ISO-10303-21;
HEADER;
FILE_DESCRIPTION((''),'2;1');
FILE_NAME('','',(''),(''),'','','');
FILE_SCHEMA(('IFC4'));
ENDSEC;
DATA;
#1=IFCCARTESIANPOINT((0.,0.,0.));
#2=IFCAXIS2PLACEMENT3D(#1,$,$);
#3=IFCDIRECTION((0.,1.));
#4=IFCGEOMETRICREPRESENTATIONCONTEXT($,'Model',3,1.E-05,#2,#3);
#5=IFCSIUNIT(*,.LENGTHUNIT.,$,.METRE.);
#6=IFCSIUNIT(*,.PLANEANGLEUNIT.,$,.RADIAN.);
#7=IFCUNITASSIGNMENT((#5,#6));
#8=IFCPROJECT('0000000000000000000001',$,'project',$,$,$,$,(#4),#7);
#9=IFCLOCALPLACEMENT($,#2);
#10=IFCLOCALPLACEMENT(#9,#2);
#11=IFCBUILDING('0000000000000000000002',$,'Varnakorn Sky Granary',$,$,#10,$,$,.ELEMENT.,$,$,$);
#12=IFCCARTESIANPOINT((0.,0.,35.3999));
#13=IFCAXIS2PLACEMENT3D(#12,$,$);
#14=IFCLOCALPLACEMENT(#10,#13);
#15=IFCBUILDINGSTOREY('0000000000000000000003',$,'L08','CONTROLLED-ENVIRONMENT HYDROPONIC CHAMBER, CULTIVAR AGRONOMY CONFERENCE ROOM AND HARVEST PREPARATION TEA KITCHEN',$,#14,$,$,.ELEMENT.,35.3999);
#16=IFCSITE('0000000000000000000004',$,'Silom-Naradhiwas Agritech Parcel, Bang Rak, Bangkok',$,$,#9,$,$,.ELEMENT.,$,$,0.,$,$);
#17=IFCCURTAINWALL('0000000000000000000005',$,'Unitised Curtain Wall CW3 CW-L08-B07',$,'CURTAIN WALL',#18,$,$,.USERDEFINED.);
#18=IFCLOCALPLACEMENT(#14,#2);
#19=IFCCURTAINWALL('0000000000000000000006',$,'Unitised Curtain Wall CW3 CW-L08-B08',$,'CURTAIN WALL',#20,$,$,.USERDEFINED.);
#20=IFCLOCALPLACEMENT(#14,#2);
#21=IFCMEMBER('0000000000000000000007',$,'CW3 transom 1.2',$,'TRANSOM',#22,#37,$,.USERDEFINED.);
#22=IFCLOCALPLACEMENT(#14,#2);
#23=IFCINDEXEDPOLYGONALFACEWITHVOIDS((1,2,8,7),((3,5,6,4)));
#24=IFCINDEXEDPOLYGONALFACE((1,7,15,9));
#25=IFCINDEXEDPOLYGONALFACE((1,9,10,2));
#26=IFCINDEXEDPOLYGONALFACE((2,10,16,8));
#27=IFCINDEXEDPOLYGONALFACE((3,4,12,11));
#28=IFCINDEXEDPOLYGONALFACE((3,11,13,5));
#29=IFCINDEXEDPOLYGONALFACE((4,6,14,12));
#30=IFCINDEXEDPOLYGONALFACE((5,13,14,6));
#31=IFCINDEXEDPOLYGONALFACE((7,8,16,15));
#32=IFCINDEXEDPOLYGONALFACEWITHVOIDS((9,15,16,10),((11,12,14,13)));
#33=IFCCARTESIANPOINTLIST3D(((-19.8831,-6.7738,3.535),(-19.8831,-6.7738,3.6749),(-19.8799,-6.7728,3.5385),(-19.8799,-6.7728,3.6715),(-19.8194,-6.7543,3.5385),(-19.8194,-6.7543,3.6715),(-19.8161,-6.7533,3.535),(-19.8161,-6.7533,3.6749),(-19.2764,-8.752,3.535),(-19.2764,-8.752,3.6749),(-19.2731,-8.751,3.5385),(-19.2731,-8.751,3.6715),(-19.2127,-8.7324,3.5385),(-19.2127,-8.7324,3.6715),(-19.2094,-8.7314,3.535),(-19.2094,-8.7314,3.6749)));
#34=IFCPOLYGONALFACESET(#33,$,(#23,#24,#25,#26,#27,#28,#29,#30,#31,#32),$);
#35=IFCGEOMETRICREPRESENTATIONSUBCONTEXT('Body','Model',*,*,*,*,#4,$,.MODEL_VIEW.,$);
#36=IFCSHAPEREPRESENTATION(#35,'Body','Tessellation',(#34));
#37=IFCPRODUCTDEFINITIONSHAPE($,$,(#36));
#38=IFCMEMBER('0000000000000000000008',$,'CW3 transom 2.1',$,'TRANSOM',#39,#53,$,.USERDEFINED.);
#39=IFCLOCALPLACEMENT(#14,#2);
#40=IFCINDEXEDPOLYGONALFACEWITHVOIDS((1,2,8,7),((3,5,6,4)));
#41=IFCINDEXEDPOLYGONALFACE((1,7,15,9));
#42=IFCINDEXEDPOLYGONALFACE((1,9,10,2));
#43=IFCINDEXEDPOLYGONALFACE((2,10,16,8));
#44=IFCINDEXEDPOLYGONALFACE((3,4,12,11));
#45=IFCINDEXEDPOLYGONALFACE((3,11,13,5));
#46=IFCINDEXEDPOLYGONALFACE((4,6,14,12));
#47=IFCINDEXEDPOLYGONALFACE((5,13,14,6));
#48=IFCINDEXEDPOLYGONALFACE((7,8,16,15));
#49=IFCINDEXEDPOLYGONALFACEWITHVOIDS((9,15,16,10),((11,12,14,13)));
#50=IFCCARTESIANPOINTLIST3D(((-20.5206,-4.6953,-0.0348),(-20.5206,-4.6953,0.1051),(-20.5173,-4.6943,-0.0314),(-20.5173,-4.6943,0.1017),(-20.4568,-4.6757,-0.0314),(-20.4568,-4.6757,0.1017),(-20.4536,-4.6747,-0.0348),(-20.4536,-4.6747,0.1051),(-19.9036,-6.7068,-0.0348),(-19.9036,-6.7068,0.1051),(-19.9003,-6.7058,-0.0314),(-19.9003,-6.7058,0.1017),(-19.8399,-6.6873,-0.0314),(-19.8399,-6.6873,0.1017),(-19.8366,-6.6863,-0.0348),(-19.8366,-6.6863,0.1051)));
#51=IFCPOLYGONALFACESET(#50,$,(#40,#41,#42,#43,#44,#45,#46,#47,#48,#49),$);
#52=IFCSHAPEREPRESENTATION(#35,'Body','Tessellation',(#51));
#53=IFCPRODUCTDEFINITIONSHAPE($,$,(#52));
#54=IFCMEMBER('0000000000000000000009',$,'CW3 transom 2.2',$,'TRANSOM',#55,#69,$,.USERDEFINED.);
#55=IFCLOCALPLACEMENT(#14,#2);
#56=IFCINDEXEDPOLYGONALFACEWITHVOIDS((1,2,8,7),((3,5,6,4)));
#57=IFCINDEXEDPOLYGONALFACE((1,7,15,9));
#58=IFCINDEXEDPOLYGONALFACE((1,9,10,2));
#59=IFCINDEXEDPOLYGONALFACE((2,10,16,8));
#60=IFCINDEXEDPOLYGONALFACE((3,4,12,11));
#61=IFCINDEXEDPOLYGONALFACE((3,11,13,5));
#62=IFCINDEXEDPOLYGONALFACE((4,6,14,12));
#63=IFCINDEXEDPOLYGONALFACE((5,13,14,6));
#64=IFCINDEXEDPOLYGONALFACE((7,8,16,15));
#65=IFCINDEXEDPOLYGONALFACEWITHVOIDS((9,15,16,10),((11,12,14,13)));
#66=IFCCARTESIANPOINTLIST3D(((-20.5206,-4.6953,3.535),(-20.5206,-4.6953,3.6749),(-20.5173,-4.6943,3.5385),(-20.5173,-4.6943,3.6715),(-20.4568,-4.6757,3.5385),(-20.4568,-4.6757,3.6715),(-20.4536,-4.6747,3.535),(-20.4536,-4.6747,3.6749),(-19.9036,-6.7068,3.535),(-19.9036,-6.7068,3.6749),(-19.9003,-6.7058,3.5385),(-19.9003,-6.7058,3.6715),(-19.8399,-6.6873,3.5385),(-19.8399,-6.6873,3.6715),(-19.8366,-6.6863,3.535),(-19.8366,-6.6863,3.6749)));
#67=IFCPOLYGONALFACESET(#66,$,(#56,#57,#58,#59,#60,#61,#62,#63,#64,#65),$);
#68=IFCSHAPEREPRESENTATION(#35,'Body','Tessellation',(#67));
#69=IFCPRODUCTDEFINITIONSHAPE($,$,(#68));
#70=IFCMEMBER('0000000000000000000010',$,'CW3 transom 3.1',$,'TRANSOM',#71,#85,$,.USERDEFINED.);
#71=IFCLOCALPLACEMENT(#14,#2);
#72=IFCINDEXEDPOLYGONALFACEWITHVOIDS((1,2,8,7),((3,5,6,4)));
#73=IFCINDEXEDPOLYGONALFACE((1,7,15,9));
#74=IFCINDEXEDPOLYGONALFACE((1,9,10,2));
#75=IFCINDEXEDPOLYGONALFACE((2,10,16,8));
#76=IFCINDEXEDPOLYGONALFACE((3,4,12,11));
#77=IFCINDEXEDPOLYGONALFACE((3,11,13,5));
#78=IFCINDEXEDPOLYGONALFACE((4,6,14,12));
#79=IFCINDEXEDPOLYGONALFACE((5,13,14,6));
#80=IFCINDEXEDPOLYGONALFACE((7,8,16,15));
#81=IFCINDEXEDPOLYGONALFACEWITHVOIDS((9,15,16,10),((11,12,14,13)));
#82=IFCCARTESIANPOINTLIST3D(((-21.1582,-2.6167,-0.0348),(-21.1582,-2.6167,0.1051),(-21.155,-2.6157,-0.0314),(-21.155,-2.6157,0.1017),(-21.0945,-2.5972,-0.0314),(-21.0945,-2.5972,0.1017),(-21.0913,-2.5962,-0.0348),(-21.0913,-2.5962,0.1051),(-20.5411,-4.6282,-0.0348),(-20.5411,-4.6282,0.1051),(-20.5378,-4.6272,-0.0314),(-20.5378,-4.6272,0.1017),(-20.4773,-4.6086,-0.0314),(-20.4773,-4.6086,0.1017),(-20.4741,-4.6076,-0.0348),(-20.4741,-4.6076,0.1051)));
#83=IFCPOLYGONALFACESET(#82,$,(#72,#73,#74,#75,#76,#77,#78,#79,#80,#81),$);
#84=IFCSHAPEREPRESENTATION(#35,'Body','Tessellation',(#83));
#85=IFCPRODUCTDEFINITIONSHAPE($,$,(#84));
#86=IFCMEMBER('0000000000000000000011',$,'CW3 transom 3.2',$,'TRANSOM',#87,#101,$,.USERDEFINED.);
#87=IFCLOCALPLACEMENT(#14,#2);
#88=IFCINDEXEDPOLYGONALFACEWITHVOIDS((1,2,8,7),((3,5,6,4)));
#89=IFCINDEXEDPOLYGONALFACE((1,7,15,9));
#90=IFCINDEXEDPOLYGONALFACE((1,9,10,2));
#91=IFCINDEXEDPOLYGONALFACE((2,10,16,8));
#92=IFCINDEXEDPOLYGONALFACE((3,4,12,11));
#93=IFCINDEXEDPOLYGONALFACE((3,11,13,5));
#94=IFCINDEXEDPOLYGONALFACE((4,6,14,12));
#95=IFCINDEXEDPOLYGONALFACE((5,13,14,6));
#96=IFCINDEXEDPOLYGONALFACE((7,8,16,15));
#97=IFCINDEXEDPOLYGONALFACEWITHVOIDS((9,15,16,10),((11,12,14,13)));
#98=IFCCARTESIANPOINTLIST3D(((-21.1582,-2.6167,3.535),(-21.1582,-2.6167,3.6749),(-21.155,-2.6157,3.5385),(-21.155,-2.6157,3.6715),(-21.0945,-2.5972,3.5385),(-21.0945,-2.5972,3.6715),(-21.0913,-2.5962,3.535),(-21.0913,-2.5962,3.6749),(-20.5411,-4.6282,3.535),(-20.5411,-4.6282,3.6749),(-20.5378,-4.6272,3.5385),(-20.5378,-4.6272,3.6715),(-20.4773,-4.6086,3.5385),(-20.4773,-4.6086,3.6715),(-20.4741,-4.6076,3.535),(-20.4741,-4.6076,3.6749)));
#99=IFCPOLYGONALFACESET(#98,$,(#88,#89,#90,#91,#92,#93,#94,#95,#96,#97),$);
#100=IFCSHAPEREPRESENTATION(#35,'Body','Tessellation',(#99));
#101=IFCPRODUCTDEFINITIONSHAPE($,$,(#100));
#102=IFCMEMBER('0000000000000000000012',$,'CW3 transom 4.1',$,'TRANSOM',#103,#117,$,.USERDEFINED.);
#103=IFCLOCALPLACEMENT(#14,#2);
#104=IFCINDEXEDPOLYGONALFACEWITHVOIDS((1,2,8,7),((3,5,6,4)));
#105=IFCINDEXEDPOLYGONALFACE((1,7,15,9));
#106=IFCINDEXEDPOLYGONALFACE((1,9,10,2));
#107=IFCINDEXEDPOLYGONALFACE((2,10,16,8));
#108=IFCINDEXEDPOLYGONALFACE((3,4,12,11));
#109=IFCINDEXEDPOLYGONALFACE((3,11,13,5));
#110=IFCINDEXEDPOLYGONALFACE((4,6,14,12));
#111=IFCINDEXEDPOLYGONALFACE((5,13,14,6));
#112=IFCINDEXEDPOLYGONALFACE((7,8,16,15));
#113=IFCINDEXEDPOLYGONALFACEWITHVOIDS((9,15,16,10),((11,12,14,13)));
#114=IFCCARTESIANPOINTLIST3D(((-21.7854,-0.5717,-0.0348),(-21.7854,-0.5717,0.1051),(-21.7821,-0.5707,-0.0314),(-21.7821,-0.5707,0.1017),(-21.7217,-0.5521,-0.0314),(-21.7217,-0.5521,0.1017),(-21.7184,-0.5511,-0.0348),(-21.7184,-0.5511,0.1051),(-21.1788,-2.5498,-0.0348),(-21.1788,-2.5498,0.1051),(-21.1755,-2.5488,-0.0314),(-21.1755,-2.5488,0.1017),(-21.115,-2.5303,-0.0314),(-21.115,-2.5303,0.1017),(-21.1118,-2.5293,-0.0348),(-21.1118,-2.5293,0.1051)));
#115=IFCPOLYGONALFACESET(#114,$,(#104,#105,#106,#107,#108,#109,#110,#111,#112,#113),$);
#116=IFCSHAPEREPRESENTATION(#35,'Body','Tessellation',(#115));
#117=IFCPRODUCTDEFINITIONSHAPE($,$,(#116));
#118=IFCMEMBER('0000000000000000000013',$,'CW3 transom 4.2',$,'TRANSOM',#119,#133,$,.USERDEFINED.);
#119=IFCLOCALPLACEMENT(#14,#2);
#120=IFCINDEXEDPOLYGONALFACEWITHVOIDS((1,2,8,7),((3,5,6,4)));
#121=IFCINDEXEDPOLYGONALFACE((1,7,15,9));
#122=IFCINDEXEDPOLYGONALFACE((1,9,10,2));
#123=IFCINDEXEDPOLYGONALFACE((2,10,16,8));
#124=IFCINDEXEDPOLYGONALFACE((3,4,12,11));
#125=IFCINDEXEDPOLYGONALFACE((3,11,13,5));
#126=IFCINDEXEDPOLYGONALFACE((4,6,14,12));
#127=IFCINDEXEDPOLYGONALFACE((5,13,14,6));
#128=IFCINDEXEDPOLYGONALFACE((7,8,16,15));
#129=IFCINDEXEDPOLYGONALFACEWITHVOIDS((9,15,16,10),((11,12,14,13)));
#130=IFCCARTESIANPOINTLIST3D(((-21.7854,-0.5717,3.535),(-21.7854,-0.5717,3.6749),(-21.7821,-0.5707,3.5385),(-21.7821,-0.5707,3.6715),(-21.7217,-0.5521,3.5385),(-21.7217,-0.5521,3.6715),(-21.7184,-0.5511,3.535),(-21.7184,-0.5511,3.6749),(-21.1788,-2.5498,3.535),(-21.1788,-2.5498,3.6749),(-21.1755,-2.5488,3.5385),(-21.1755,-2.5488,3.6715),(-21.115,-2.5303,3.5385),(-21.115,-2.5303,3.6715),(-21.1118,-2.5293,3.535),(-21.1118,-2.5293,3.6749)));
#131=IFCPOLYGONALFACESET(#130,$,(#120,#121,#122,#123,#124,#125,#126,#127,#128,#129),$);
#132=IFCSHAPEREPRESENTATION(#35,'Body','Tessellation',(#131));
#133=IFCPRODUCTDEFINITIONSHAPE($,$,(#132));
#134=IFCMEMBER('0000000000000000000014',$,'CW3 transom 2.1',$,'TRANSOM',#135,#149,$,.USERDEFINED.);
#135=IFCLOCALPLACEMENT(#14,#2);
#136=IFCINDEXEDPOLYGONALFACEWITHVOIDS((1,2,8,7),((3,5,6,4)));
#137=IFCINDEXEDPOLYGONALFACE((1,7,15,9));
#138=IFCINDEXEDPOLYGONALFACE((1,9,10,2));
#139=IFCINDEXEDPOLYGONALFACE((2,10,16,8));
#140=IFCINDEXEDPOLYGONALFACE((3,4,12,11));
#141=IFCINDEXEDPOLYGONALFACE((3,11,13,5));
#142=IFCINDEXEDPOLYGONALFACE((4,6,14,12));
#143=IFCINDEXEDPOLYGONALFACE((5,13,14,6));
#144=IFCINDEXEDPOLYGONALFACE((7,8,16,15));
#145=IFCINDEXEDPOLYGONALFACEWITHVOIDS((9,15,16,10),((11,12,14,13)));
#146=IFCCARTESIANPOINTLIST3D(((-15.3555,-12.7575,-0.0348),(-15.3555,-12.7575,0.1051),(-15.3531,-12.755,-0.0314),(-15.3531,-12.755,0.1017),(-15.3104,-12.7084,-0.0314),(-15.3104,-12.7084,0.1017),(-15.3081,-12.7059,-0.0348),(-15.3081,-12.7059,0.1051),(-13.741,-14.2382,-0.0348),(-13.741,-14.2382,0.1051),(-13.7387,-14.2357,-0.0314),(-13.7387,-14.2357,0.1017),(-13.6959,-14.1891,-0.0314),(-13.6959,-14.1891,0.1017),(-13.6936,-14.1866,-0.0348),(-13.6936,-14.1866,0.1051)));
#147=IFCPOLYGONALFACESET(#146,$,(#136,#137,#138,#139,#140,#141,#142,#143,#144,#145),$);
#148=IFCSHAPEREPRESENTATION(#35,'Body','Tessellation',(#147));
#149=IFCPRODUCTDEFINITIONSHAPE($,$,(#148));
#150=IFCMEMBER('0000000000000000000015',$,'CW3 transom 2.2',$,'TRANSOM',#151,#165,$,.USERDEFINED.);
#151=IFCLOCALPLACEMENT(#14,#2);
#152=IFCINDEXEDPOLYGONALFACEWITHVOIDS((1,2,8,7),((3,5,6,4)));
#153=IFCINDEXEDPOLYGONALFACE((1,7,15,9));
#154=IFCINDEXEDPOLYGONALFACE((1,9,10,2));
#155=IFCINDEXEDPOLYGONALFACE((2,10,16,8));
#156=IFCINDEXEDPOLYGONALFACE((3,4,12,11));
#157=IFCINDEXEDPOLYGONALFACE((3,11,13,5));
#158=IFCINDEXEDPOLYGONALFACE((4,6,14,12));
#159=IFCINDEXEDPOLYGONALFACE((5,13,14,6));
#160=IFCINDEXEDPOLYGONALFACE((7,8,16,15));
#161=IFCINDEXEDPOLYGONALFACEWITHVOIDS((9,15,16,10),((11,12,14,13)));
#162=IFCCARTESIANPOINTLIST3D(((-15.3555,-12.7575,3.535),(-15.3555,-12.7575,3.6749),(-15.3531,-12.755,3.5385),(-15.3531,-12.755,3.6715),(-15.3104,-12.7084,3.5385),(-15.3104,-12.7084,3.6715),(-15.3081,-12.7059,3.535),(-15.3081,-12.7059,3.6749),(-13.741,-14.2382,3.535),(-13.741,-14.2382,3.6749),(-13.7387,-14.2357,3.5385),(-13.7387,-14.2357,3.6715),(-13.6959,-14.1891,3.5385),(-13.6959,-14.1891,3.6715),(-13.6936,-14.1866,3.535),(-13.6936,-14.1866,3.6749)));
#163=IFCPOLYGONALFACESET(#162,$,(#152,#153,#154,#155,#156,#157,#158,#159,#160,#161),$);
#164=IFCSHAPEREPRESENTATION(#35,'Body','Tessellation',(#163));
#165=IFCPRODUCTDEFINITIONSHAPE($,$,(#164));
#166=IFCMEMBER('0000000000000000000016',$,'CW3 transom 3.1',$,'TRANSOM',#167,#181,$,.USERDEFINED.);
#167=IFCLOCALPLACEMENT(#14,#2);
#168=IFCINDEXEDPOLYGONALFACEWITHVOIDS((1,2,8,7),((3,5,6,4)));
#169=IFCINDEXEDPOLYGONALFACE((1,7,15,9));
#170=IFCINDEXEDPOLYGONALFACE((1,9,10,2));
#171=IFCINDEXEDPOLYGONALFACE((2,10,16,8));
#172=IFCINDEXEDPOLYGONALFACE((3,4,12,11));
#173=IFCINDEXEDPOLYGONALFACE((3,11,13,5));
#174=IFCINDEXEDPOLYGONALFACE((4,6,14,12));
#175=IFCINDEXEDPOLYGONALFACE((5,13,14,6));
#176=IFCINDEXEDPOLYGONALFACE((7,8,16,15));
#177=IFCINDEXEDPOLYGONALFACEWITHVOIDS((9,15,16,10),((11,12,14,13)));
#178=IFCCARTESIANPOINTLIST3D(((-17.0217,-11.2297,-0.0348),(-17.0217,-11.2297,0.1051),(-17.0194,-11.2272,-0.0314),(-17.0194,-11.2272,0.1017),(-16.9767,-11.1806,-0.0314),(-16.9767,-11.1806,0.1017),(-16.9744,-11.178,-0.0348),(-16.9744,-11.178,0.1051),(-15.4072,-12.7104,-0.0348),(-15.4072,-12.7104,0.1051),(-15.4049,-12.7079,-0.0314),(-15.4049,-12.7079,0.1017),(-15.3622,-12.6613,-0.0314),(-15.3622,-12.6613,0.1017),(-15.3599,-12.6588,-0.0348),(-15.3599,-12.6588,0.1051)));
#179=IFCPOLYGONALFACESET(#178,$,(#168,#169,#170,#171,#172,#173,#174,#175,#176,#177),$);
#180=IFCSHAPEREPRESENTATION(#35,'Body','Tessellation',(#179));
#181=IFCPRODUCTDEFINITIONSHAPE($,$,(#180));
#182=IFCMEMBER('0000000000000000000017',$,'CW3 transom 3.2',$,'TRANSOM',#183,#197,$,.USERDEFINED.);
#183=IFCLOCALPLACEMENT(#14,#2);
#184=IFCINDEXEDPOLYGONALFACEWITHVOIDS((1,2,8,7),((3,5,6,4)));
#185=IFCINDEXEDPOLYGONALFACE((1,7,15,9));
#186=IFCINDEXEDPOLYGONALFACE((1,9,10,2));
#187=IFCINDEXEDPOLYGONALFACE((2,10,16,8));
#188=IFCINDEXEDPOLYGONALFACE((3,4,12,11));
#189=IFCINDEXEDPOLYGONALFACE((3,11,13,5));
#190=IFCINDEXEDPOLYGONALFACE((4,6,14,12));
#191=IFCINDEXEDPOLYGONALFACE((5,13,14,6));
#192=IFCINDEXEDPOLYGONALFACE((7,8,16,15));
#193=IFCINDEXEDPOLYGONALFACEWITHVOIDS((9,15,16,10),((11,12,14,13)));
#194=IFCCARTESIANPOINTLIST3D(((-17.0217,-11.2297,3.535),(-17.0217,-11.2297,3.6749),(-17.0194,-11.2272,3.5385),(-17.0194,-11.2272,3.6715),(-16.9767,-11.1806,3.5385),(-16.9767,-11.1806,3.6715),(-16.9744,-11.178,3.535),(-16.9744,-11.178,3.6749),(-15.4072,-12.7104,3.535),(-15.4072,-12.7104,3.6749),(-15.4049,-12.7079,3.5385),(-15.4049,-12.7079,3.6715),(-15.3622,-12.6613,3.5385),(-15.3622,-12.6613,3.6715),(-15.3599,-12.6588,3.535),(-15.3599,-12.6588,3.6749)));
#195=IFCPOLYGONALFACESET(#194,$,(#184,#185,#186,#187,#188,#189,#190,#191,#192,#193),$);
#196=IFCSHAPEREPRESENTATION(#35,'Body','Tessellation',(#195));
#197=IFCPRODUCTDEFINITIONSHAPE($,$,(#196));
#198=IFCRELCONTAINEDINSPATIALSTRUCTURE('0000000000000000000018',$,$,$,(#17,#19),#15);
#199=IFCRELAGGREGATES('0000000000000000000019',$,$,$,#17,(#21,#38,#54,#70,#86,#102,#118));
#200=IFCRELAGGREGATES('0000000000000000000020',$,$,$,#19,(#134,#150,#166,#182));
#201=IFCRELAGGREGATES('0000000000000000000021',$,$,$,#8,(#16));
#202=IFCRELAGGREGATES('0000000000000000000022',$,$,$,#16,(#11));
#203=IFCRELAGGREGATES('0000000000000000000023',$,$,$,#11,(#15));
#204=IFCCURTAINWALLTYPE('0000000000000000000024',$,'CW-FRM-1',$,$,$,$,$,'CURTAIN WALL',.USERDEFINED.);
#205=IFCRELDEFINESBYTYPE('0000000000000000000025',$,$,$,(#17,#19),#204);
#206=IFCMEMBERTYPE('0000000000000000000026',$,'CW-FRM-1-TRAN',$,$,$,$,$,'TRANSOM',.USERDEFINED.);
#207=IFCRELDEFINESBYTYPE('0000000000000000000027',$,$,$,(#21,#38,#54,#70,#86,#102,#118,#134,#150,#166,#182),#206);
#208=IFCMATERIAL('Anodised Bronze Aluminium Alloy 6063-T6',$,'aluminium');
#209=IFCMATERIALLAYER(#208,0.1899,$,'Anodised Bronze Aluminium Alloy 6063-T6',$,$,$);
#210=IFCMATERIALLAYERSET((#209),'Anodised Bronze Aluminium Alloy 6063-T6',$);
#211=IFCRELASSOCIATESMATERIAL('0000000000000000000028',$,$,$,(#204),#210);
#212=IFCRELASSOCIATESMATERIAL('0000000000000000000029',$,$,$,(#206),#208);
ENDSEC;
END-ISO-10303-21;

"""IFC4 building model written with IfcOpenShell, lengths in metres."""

from ifc_helpers import new_model, si_unit, direction, frame, origin, origin_2d, place, context, subcontext, project, spatial, hollow_rectangle, extrude, material, layer, layer_set, material_profile, profile_set, type_object, element, aggregate, save


model = new_model("IFC4")

# Units and contexts
model_context = context("Model", 3, precision=1e-05, world=origin(), true_north=direction((0.0, 1.0)))
body_context = subcontext(model_context, "Body", "Model", "MODEL_VIEW")
ifc_project = project(units=[si_unit("LENGTHUNIT", "METRE"), si_unit("PLANEANGLEUNIT", "RADIAN")], contexts=[model_context])

# Site, building, storey
site_placement = place(None, origin())
site = spatial("IfcSite", under=ifc_project, at=site_placement, Name="Silom-Naradhiwas Agritech Parcel, Bang Rak, Bangkok", CompositionType="ELEMENT", RefElevation=0.0)
building_placement = place(site_placement, origin())
building = spatial("IfcBuilding", under=site, at=building_placement, Name="Varnakorn Sky Granary", CompositionType="ELEMENT")
storey_placement = place(building_placement, frame((0.0, 0.0, 35.3999)))
storey = spatial("IfcBuildingStorey", under=building, at=storey_placement, Name="L08", Description="CONTROLLED-ENVIRONMENT HYDROPONIC CHAMBER, CULTIVAR AGRONOMY CONFERENCE ROOM AND HARVEST PREPARATION TEA KITCHEN", CompositionType="ELEMENT", Elevation=35.3999)

# Curtain walls
ifc_material_1 = material(Name="Anodised Bronze Aluminium Alloy 6063-T6", Category="aluminium")
ifc_layer_1 = layer(ifc_material_1, 0.1899, Name="Anodised Bronze Aluminium Alloy 6063-T6")
ifc_layer_set_1 = layer_set([ifc_layer_1], Name="Anodised Bronze Aluminium Alloy 6063-T6")
curtain_wall_type = type_object("IfcCurtainWallType", Name="CW-FRM-1", ElementType="CURTAIN WALL", PredefinedType="USERDEFINED", material=ifc_layer_set_1)
curtain_wall_1_placement = place(storey_placement, origin())
curtain_wall_1 = element("IfcCurtainWall", 1, at=curtain_wall_1_placement, inside=storey, type_object=curtain_wall_type, Name="Unitised Curtain Wall CW3 CW-L08-B07", ObjectType="CURTAIN WALL", PredefinedType="USERDEFINED")
curtain_wall_2_placement = place(storey_placement, origin())
curtain_wall_2 = element("IfcCurtainWall", 2, at=curtain_wall_2_placement, inside=storey, type_object=curtain_wall_type, Name="Unitised Curtain Wall CW3 CW-L08-B08", ObjectType="CURTAIN WALL", PredefinedType="USERDEFINED")

# Members
ifc_material_profile_1 = material_profile(ifc_material_1, hollow_rectangle(XDim=0.0701, YDim=0.1399, WallThickness=0.0034, at=origin_2d()), Name="ALU TRAN 70x140")
ifc_profile_set_1 = profile_set([ifc_material_profile_1], Name="Anodised Bronze Aluminium Alloy 6063-T6")
member_type_1 = type_object("IfcMemberType", Name="CW-FRM-1-TRAN", ElementType="TRANSOM", PredefinedType="USERDEFINED", material=ifc_profile_set_1)
member_1_placement = place(storey_placement, frame((-19.2429, -8.7417, 3.605), z_axis=(-0.293232, 0.956041, 0.0), x_axis=(-0.956041, -0.293232, 0.0)))
member_1 = element("IfcMember", 3, at=member_1_placement, type_object=member_type_1, Name="CW3 transom 1.2", ObjectType="TRANSOM", PredefinedType="USERDEFINED", context=body_context, shape_type="SweptSolid", body=[
    extrude(hollow_rectangle(XDim=0.0701, YDim=0.1399, WallThickness=0.0034, at=origin_2d()), origin(), (0.0, 0.0, 1.0), 2.0691),
])
member_2_placement = place(storey_placement, frame((-19.8701, -6.6965, 0.0352), z_axis=(-0.29323, 0.956042, 0.0), x_axis=(-0.956042, -0.29323, 0.0)))
member_2 = element("IfcMember", 4, at=member_2_placement, type_object=member_type_1, Name="CW3 transom 2.1", ObjectType="TRANSOM", PredefinedType="USERDEFINED", context=body_context, shape_type="SweptSolid", body=[
    extrude(hollow_rectangle(XDim=0.0701, YDim=0.1399, WallThickness=0.0034, at=origin_2d()), origin(), (0.0, 0.0, 1.0), 2.104),
])
member_3_placement = place(storey_placement, frame((-19.8701, -6.6965, 3.605), z_axis=(-0.29323, 0.956042, 0.0), x_axis=(-0.956042, -0.29323, 0.0)))
member_3 = element("IfcMember", 5, at=member_3_placement, type_object=member_type_1, Name="CW3 transom 2.2", ObjectType="TRANSOM", PredefinedType="USERDEFINED", context=body_context, shape_type="SweptSolid", body=[
    extrude(hollow_rectangle(XDim=0.0701, YDim=0.1399, WallThickness=0.0034, at=origin_2d()), origin(), (0.0, 0.0, 1.0), 2.104),
])
member_4_placement = place(storey_placement, frame((-20.5076, -4.6179, 0.0352), z_axis=(-0.293336, 0.95601, 0.0), x_axis=(-0.95601, -0.293336, 0.0)))
member_4 = element("IfcMember", 6, at=member_4_placement, type_object=member_type_1, Name="CW3 transom 3.1", ObjectType="TRANSOM", PredefinedType="USERDEFINED", context=body_context, shape_type="SweptSolid", body=[
    extrude(hollow_rectangle(XDim=0.0701, YDim=0.1399, WallThickness=0.0034, at=origin_2d()), origin(), (0.0, 0.0, 1.0), 2.104),
])
member_5_placement = place(storey_placement, frame((-20.5076, -4.6179, 3.605), z_axis=(-0.293336, 0.95601, 0.0), x_axis=(-0.95601, -0.293336, 0.0)))
member_5 = element("IfcMember", 7, at=member_5_placement, type_object=member_type_1, Name="CW3 transom 3.2", ObjectType="TRANSOM", PredefinedType="USERDEFINED", context=body_context, shape_type="SweptSolid", body=[
    extrude(hollow_rectangle(XDim=0.0701, YDim=0.1399, WallThickness=0.0034, at=origin_2d()), origin(), (0.0, 0.0, 1.0), 2.104),
])
member_6_placement = place(storey_placement, frame((-21.1453, -2.5396, 0.0352), z_axis=(-0.293199, 0.956052, 0.0), x_axis=(-0.956052, -0.293199, 0.0)))
member_6 = element("IfcMember", 8, at=member_6_placement, type_object=member_type_1, Name="CW3 transom 4.1", ObjectType="TRANSOM", PredefinedType="USERDEFINED", context=body_context, shape_type="SweptSolid", body=[
    extrude(hollow_rectangle(XDim=0.0701, YDim=0.1399, WallThickness=0.0034, at=origin_2d()), origin(), (0.0, 0.0, 1.0), 2.0691),
])
member_7_placement = place(storey_placement, frame((-21.1453, -2.5396, 3.605), z_axis=(-0.293199, 0.956052, 0.0), x_axis=(-0.956052, -0.293199, 0.0)))
member_7 = element("IfcMember", 9, at=member_7_placement, type_object=member_type_1, Name="CW3 transom 4.2", ObjectType="TRANSOM", PredefinedType="USERDEFINED", context=body_context, shape_type="SweptSolid", body=[
    extrude(hollow_rectangle(XDim=0.0701, YDim=0.1399, WallThickness=0.0034, at=origin_2d()), origin(), (0.0, 0.0, 1.0), 2.0691),
])
member_8_placement = place(storey_placement, frame((-13.7173, -14.2124, 0.0352), z_axis=(-0.736983, 0.675911, 0.0), x_axis=(-0.675911, -0.736983, 0.0)))
member_8 = element("IfcMember", 10, at=member_8_placement, type_object=member_type_1, Name="CW3 transom 2.1", ObjectType="TRANSOM", PredefinedType="USERDEFINED", context=body_context, shape_type="SweptSolid", body=[
    extrude(hollow_rectangle(XDim=0.0701, YDim=0.1399, WallThickness=0.0034, at=origin_2d()), origin(), (0.0, 0.0, 1.0), 2.1907),
])
member_9_placement = place(storey_placement, frame((-13.7173, -14.2124, 3.605), z_axis=(-0.736983, 0.675911, 0.0), x_axis=(-0.675911, -0.736983, 0.0)))
member_9 = element("IfcMember", 11, at=member_9_placement, type_object=member_type_1, Name="CW3 transom 2.2", ObjectType="TRANSOM", PredefinedType="USERDEFINED", context=body_context, shape_type="SweptSolid", body=[
    extrude(hollow_rectangle(XDim=0.0701, YDim=0.1399, WallThickness=0.0034, at=origin_2d()), origin(), (0.0, 0.0, 1.0), 2.1907),
])
member_10_placement = place(storey_placement, frame((-15.3835, -12.6846, 0.0352), z_axis=(-0.736983, 0.675911, 0.0), x_axis=(-0.675911, -0.736983, 0.0)))
member_10 = element("IfcMember", 12, at=member_10_placement, type_object=member_type_1, Name="CW3 transom 3.1", ObjectType="TRANSOM", PredefinedType="USERDEFINED", context=body_context, shape_type="SweptSolid", body=[
    extrude(hollow_rectangle(XDim=0.0701, YDim=0.1399, WallThickness=0.0034, at=origin_2d()), origin(), (0.0, 0.0, 1.0), 2.1907),
])
member_11_placement = place(storey_placement, frame((-15.3835, -12.6846, 3.605), z_axis=(-0.736983, 0.675911, 0.0), x_axis=(-0.675911, -0.736983, 0.0)))
member_11 = element("IfcMember", 13, at=member_11_placement, type_object=member_type_1, Name="CW3 transom 3.2", ObjectType="TRANSOM", PredefinedType="USERDEFINED", context=body_context, shape_type="SweptSolid", body=[
    extrude(hollow_rectangle(XDim=0.0701, YDim=0.1399, WallThickness=0.0034, at=origin_2d()), origin(), (0.0, 0.0, 1.0), 2.1907),
])

aggregate(curtain_wall_1, [member_1, member_2, member_3, member_4, member_5, member_6, member_7])
aggregate(curtain_wall_2, [member_8, member_9, member_10, member_11])

save(model, "model.ifc")
